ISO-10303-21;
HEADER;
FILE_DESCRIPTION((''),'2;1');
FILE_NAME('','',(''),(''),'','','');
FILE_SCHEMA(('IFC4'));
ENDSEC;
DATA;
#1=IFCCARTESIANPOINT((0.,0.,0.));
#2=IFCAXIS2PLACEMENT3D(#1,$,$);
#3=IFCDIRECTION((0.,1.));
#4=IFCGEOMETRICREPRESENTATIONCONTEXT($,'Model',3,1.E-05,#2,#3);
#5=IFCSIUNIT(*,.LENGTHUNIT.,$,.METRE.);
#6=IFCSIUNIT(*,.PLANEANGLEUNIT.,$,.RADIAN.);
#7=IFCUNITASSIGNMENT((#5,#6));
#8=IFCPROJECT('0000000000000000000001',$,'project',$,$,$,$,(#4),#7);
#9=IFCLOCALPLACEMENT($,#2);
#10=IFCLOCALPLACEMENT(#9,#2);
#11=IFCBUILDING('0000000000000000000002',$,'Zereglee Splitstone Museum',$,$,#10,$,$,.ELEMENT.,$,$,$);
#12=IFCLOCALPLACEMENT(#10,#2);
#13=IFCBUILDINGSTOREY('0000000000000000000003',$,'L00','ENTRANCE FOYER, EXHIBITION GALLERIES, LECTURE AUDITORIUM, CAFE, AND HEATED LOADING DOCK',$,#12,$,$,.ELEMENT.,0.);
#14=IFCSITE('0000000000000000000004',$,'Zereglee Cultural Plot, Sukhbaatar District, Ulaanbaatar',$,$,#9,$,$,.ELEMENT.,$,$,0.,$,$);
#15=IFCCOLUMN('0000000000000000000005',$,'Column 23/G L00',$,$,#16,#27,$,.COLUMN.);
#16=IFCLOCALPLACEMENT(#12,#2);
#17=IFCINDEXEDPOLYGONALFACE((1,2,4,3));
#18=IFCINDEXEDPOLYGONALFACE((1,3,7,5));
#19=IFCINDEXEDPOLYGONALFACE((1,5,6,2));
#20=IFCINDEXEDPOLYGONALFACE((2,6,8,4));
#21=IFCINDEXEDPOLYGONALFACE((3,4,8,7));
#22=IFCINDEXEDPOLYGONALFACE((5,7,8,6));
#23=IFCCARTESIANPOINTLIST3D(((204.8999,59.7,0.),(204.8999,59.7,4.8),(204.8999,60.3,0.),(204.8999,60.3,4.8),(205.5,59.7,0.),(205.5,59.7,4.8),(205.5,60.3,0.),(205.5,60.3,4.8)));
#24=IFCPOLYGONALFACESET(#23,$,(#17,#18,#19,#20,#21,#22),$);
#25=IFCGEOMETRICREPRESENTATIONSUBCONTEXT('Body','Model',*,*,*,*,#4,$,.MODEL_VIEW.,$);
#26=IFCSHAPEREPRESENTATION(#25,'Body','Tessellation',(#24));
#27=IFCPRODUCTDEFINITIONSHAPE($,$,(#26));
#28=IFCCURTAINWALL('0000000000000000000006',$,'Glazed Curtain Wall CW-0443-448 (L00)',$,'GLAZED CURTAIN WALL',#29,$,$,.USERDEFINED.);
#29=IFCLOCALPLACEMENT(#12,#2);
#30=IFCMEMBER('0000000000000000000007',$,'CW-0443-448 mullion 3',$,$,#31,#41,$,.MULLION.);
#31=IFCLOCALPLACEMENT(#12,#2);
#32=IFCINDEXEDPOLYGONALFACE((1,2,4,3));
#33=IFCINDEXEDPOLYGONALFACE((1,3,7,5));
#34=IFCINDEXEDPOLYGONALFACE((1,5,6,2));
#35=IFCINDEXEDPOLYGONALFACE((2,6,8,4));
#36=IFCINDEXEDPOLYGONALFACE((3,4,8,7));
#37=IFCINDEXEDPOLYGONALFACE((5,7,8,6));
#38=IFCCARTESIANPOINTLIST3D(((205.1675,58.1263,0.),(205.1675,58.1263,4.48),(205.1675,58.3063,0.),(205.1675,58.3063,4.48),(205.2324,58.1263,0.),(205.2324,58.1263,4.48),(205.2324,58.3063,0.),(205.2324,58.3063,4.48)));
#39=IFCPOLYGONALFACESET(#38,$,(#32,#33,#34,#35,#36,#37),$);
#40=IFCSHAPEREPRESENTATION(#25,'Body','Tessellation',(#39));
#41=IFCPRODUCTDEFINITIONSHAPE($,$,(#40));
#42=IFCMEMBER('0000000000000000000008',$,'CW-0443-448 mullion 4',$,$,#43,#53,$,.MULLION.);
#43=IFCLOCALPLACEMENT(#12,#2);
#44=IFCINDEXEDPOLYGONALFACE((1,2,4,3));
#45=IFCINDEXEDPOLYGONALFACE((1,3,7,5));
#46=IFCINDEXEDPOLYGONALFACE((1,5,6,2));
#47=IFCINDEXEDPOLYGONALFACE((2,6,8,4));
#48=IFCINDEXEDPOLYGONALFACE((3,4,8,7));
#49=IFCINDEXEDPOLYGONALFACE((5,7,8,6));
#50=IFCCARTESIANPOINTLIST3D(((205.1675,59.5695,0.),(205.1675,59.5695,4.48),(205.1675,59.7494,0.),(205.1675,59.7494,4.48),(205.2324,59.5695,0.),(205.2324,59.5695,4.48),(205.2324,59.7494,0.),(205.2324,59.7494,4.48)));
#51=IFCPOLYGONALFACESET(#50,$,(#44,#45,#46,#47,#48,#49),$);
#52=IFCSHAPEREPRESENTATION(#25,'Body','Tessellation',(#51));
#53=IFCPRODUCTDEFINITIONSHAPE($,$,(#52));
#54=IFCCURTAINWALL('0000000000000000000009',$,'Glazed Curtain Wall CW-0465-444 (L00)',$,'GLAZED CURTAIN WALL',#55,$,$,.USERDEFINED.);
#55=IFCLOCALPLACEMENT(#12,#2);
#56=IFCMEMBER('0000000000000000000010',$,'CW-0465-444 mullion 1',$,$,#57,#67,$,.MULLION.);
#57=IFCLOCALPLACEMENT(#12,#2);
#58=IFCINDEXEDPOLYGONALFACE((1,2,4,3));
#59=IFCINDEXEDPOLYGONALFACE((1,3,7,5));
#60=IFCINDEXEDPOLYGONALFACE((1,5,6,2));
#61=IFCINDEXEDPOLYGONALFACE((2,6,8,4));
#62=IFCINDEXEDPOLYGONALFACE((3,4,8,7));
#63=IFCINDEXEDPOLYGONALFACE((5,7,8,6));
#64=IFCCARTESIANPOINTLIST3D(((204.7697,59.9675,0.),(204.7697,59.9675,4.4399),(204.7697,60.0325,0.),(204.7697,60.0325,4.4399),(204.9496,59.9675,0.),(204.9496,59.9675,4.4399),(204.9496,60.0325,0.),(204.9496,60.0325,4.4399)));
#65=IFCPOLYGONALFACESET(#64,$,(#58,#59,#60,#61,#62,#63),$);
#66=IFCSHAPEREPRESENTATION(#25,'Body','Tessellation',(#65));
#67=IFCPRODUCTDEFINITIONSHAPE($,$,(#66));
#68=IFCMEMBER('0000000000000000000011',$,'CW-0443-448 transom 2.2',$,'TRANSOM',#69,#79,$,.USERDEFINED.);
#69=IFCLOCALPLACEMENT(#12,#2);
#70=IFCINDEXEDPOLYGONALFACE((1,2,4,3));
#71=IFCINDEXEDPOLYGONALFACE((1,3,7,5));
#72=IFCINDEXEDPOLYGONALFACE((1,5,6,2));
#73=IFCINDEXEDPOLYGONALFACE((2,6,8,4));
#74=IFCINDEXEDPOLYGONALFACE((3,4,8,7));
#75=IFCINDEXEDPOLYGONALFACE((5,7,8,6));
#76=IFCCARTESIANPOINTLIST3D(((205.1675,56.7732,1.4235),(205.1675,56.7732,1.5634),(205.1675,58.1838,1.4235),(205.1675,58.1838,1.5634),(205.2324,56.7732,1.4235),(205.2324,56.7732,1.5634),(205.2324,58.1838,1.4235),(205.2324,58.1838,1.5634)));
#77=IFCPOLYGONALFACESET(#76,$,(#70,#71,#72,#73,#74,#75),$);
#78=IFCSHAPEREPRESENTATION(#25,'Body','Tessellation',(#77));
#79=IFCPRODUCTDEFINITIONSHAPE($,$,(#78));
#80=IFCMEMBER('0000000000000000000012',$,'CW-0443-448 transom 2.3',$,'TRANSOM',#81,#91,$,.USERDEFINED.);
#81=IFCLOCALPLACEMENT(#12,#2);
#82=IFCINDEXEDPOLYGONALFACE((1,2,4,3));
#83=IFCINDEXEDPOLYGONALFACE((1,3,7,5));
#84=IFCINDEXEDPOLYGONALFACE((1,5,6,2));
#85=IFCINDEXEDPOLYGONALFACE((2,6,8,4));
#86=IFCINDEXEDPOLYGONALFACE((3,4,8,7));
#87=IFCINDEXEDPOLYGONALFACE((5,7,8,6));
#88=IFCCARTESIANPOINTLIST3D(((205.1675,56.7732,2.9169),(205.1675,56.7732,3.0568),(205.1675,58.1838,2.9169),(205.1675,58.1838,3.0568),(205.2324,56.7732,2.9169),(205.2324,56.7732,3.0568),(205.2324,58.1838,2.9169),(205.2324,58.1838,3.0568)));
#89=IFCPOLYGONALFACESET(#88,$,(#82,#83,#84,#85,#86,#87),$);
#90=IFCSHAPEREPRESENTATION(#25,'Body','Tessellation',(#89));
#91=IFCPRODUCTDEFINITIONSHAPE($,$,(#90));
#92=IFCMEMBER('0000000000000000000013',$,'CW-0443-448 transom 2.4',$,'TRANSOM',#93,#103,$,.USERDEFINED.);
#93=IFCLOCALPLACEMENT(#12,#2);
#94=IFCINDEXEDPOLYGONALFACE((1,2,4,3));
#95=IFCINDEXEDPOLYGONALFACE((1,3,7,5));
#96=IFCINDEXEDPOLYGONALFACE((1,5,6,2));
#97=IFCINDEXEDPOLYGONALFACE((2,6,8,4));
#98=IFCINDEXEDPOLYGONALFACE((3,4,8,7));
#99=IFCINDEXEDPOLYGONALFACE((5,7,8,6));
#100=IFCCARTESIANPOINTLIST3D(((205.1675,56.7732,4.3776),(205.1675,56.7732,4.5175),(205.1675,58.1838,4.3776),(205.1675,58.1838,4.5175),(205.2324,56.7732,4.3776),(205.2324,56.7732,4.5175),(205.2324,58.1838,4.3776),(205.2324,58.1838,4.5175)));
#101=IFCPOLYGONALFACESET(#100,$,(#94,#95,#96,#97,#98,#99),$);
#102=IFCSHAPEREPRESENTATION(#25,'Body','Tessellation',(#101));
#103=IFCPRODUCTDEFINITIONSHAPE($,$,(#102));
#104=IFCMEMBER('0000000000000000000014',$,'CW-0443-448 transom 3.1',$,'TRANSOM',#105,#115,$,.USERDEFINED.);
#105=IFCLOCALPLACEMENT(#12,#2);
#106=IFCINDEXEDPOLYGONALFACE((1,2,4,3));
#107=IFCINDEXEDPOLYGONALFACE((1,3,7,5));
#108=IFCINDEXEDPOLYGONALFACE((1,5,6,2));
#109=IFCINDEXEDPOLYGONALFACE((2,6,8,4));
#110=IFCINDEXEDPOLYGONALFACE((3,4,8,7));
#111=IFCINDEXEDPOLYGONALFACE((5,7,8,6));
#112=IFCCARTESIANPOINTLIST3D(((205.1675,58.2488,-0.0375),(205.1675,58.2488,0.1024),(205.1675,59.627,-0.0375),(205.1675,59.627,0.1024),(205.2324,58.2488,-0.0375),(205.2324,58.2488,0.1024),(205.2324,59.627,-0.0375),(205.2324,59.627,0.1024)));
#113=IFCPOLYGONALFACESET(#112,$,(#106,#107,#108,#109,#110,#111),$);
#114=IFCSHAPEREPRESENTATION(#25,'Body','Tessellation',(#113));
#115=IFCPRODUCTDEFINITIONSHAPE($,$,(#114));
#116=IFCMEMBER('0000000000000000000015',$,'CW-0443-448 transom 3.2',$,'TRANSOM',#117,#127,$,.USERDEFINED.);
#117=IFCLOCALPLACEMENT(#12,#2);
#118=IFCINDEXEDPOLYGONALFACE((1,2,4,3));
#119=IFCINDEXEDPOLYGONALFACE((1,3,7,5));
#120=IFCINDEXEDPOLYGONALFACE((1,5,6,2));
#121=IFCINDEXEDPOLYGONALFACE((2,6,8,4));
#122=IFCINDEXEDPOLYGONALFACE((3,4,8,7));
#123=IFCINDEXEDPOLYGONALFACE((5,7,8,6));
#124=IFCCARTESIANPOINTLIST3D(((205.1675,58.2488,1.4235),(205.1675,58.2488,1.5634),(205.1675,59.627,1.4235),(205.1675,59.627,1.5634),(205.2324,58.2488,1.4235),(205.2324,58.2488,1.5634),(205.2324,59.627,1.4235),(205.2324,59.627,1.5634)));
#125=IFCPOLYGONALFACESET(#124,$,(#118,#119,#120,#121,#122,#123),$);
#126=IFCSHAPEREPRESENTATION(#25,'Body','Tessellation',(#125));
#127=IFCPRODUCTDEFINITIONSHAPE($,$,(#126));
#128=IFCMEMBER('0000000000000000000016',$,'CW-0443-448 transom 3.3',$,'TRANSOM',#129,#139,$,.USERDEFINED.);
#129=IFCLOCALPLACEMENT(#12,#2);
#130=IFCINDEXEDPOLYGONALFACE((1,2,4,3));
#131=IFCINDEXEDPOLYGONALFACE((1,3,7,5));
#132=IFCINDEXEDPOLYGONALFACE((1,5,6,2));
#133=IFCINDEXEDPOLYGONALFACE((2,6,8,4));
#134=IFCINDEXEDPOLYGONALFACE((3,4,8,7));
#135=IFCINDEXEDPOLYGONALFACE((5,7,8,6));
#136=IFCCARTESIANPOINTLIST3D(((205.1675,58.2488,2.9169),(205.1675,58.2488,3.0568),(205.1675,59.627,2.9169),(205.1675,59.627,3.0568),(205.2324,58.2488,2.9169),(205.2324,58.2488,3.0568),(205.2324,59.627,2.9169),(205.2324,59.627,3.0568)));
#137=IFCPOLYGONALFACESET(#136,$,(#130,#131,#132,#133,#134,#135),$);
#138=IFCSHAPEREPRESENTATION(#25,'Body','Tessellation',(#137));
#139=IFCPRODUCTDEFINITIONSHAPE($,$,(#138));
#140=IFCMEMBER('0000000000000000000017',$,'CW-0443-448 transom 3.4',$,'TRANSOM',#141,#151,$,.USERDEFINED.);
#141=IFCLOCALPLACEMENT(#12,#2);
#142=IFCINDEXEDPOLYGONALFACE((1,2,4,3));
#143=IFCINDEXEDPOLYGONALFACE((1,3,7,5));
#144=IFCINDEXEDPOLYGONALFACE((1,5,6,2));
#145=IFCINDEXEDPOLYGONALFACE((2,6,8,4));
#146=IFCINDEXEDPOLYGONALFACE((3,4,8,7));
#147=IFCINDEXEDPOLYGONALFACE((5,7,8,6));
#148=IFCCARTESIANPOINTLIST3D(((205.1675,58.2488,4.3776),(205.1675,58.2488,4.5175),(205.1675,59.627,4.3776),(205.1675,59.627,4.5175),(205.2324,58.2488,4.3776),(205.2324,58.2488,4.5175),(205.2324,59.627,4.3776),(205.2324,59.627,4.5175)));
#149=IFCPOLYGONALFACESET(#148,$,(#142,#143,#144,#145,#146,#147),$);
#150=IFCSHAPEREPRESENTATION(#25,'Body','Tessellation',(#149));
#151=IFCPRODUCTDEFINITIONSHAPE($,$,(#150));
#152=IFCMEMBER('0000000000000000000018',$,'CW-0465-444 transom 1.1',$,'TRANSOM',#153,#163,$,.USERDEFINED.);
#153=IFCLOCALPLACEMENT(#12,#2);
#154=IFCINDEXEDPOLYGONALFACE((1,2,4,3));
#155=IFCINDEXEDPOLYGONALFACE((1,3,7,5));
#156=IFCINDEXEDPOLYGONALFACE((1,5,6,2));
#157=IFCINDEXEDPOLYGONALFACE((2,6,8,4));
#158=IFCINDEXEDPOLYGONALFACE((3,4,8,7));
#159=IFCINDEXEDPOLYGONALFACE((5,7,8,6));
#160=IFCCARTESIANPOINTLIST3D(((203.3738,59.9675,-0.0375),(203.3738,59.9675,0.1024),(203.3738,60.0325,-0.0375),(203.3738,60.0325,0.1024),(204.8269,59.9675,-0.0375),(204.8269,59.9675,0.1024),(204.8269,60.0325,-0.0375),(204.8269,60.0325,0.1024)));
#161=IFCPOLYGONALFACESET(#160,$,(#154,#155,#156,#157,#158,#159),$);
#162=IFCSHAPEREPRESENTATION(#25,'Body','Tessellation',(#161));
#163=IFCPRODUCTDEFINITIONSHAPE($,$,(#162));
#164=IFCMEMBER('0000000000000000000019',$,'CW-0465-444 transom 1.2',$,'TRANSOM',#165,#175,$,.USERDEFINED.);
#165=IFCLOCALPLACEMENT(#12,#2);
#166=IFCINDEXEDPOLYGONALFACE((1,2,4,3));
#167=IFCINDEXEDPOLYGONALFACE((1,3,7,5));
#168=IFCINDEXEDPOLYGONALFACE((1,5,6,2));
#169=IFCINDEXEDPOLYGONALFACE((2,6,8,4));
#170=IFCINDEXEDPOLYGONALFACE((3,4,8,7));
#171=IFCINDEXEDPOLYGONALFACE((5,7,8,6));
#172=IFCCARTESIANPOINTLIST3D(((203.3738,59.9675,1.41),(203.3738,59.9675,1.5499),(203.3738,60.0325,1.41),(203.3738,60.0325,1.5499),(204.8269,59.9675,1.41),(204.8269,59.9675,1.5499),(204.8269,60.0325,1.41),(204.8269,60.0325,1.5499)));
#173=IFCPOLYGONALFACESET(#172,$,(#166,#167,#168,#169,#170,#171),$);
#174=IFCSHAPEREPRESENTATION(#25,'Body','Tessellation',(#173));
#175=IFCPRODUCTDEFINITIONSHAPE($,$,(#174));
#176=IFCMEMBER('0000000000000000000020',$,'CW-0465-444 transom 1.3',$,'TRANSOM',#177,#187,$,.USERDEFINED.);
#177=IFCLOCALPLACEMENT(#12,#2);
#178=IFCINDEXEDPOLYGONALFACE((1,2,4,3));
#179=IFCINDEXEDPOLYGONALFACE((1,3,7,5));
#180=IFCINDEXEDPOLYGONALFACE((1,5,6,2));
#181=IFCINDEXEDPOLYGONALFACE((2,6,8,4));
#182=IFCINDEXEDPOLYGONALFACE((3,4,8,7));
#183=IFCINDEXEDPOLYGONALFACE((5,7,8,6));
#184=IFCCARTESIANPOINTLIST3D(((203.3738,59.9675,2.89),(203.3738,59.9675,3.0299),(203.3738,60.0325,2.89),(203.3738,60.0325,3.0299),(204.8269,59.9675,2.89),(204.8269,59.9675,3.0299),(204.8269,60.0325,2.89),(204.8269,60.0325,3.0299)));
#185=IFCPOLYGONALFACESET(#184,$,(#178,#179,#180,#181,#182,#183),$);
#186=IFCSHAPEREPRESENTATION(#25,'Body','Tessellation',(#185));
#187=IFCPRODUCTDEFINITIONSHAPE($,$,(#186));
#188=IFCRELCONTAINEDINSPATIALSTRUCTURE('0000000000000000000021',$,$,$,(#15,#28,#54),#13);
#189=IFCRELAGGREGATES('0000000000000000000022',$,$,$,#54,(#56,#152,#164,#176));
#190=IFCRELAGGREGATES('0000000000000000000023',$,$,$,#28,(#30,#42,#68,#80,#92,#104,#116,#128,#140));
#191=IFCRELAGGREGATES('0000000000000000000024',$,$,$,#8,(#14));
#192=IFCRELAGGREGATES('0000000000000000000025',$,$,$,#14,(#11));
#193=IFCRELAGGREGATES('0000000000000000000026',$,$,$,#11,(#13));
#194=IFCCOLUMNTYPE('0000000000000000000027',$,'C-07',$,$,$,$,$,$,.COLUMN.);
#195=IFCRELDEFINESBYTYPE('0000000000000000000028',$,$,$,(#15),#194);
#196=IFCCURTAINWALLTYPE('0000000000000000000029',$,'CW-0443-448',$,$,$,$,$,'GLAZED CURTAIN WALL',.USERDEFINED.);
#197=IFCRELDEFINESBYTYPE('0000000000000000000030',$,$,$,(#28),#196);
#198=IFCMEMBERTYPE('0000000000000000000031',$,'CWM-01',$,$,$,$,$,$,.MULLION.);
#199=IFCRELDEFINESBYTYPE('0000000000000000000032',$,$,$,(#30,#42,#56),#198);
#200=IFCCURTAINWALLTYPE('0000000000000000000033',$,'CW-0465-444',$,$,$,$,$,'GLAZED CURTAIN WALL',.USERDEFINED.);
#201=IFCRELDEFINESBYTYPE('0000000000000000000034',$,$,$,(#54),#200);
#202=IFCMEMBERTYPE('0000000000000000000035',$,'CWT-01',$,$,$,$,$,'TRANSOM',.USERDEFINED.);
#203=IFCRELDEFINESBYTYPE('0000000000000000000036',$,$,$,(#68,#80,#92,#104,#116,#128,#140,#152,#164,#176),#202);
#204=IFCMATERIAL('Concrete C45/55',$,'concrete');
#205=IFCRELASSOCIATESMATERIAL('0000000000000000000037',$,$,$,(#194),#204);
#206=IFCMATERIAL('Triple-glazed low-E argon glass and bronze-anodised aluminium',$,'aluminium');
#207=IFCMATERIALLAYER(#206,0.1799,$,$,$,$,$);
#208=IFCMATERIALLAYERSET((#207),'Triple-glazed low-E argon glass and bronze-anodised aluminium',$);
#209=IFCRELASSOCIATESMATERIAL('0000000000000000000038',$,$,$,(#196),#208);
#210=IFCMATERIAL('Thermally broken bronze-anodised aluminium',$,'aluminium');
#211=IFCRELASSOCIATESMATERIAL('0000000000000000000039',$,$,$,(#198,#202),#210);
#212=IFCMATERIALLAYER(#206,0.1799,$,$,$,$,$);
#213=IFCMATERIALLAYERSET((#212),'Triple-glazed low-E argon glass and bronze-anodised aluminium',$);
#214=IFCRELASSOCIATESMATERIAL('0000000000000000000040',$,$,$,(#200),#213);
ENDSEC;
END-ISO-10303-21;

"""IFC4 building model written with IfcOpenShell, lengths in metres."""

from ifc_helpers import new_model, si_unit, direction, frame, origin, origin_2d, place, context, subcontext, project, spatial, rectangle, extrude, material, layer, layer_set, material_profile, profile_set, type_object, element, aggregate, save


model = new_model("IFC4")

# Units and contexts
model_context = context("Model", 3, precision=1e-05, world=origin(), true_north=direction((0.0, 1.0)))
body_context = subcontext(model_context, "Body", "Model", "MODEL_VIEW")
ifc_project = project(units=[si_unit("LENGTHUNIT", "METRE"), si_unit("PLANEANGLEUNIT", "RADIAN")], contexts=[model_context])

# Site, building, storey
site_placement = place(None, origin())
site = spatial("IfcSite", under=ifc_project, at=site_placement, Name="Zereglee Cultural Plot, Sukhbaatar District, Ulaanbaatar", CompositionType="ELEMENT", RefElevation=0.0)
building_placement = place(site_placement, origin())
building = spatial("IfcBuilding", under=site, at=building_placement, Name="Zereglee Splitstone Museum", CompositionType="ELEMENT")
storey_placement = place(building_placement, origin())
storey = spatial("IfcBuildingStorey", under=building, at=storey_placement, Name="L00", Description="ENTRANCE FOYER, EXHIBITION GALLERIES, LECTURE AUDITORIUM, CAFE, AND HEATED LOADING DOCK", CompositionType="ELEMENT", Elevation=0.0)

# Column
ifc_material_1 = material(Name="Concrete C45/55", Category="concrete")
ifc_material_profile_1 = material_profile(ifc_material_1, rectangle(XDim=0.6001, YDim=0.6001, at=origin_2d()), Name="RC 600x600")
ifc_profile_set_1 = profile_set([ifc_material_profile_1], Name="Concrete C45/55")
column_type = type_object("IfcColumnType", Name="C-07", PredefinedType="COLUMN", material=ifc_profile_set_1)
column_placement = place(storey_placement, frame((205.2, 60.0, 0.0), z_axis=(0.0, 0.0, 1.0), x_axis=(1.0, 0.0, 0.0)))
element("IfcColumn", 1, at=column_placement, inside=storey, type_object=column_type, Name="Column 23/G L00", PredefinedType="COLUMN", context=body_context, shape_type="SweptSolid", body=[
    extrude(rectangle(XDim=0.6001, YDim=0.6001, at=origin_2d()), origin(), (0.0, 0.0, 1.0), 4.8),
])

# Curtain wall, members
ifc_material_2 = material(Name="Triple-glazed low-E argon glass and bronze-anodised aluminium", Category="aluminium")
ifc_layer_1 = layer(ifc_material_2, 0.1799)
ifc_layer_set_1 = layer_set([ifc_layer_1], Name="Triple-glazed low-E argon glass and bronze-anodised aluminium")
curtain_wall_type_1 = type_object("IfcCurtainWallType", Name="CW-0443-448", ElementType="GLAZED CURTAIN WALL", PredefinedType="USERDEFINED", material=ifc_layer_set_1)
curtain_wall_1_placement = place(storey_placement, origin())
curtain_wall_1 = element("IfcCurtainWall", 2, at=curtain_wall_1_placement, inside=storey, type_object=curtain_wall_type_1, Name="Glazed Curtain Wall CW-0443-448 (L00)", ObjectType="GLAZED CURTAIN WALL", PredefinedType="USERDEFINED")
ifc_material_3 = material(Name="Thermally broken bronze-anodised aluminium", Category="aluminium")
ifc_material_profile_2 = material_profile(ifc_material_3, rectangle(XDim=0.0649, YDim=0.1799, at=origin_2d()), Name="CW MULL 65x180")
ifc_profile_set_2 = profile_set([ifc_material_profile_2], Name="Thermally broken bronze-anodised aluminium")
member_type_1 = type_object("IfcMemberType", Name="CWM-01", PredefinedType="MULLION", material=ifc_profile_set_2)
member_1_placement = place(storey_placement, frame((205.2, 58.2163, 0.0), z_axis=(0.0, 0.0, 1.0), x_axis=(-1.0, 0.0, 0.0)))
member_1 = element("IfcMember", 3, at=member_1_placement, type_object=member_type_1, Name="CW-0443-448 mullion 3", PredefinedType="MULLION", context=body_context, shape_type="SweptSolid", body=[
    extrude(rectangle(XDim=0.0649, YDim=0.1799, at=origin_2d()), origin(), (0.0, 0.0, 1.0), 4.48),
])
member_2_placement = place(storey_placement, frame((205.2, 59.6594, 0.0), z_axis=(0.0, 0.0, 1.0), x_axis=(-1.0, 0.0, 0.0)))
member_2 = element("IfcMember", 4, at=member_2_placement, type_object=member_type_1, Name="CW-0443-448 mullion 4", PredefinedType="MULLION", context=body_context, shape_type="SweptSolid", body=[
    extrude(rectangle(XDim=0.0649, YDim=0.1799, at=origin_2d()), origin(), (0.0, 0.0, 1.0), 4.48),
])

# Curtain wall, member
ifc_layer_2 = layer(ifc_material_2, 0.1799)
ifc_layer_set_2 = layer_set([ifc_layer_2], Name="Triple-glazed low-E argon glass and bronze-anodised aluminium")
curtain_wall_type_2 = type_object("IfcCurtainWallType", Name="CW-0465-444", ElementType="GLAZED CURTAIN WALL", PredefinedType="USERDEFINED", material=ifc_layer_set_2)
curtain_wall_2_placement = place(storey_placement, origin())
curtain_wall_2 = element("IfcCurtainWall", 5, at=curtain_wall_2_placement, inside=storey, type_object=curtain_wall_type_2, Name="Glazed Curtain Wall CW-0465-444 (L00)", ObjectType="GLAZED CURTAIN WALL", PredefinedType="USERDEFINED")
member_3_placement = place(storey_placement, frame((204.8596, 60.0, 0.0), z_axis=(0.0, 0.0, 1.0), x_axis=(0.0, -1.0, 0.0)))
member_3 = element("IfcMember", 6, at=member_3_placement, type_object=member_type_1, Name="CW-0465-444 mullion 1", PredefinedType="MULLION", context=body_context, shape_type="SweptSolid", body=[
    extrude(rectangle(XDim=0.0649, YDim=0.1799, at=origin_2d()), origin(), (0.0, 0.0, 1.0), 4.4399),
])

# Members
ifc_material_profile_3 = material_profile(ifc_material_3, rectangle(XDim=0.0649, YDim=0.1399, at=origin_2d()), Name="CW TRAN 65x140")
ifc_profile_set_3 = profile_set([ifc_material_profile_3], Name="Thermally broken bronze-anodised aluminium")
member_type_2 = type_object("IfcMemberType", Name="CWT-01", ElementType="TRANSOM", PredefinedType="USERDEFINED", material=ifc_profile_set_3)
member_4_placement = place(storey_placement, frame((205.2, 56.7732, 1.4934), z_axis=(0.0, 1.0, 0.0), x_axis=(-1.0, 0.0, 0.0)))
member_4 = element("IfcMember", 7, at=member_4_placement, type_object=member_type_2, Name="CW-0443-448 transom 2.2", ObjectType="TRANSOM", PredefinedType="USERDEFINED", context=body_context, shape_type="SweptSolid", body=[
    extrude(rectangle(XDim=0.0649, YDim=0.1399, at=origin_2d()), origin(), (0.0, 0.0, 1.0), 1.4106),
])
member_5_placement = place(storey_placement, frame((205.2, 56.7732, 2.9868), z_axis=(0.0, 1.0, 0.0), x_axis=(-1.0, 0.0, 0.0)))
member_5 = element("IfcMember", 8, at=member_5_placement, type_object=member_type_2, Name="CW-0443-448 transom 2.3", ObjectType="TRANSOM", PredefinedType="USERDEFINED", context=body_context, shape_type="SweptSolid", body=[
    extrude(rectangle(XDim=0.0649, YDim=0.1399, at=origin_2d()), origin(), (0.0, 0.0, 1.0), 1.4106),
])
member_6_placement = place(storey_placement, frame((205.2, 56.7732, 4.4475), z_axis=(0.0, 1.0, 0.0), x_axis=(-1.0, 0.0, 0.0)))
member_6 = element("IfcMember", 9, at=member_6_placement, type_object=member_type_2, Name="CW-0443-448 transom 2.4", ObjectType="TRANSOM", PredefinedType="USERDEFINED", context=body_context, shape_type="SweptSolid", body=[
    extrude(rectangle(XDim=0.0649, YDim=0.1399, at=origin_2d()), origin(), (0.0, 0.0, 1.0), 1.4106),
])
member_7_placement = place(storey_placement, frame((205.2, 58.2488, 0.0325), z_axis=(0.0, 1.0, 0.0), x_axis=(-1.0, 0.0, 0.0)))
member_7 = element("IfcMember", 10, at=member_7_placement, type_object=member_type_2, Name="CW-0443-448 transom 3.1", ObjectType="TRANSOM", PredefinedType="USERDEFINED", context=body_context, shape_type="SweptSolid", body=[
    extrude(rectangle(XDim=0.0649, YDim=0.1399, at=origin_2d()), origin(), (0.0, 0.0, 1.0), 1.3782),
])
member_8_placement = place(storey_placement, frame((205.2, 58.2488, 1.4934), z_axis=(0.0, 1.0, 0.0), x_axis=(-1.0, 0.0, 0.0)))
member_8 = element("IfcMember", 11, at=member_8_placement, type_object=member_type_2, Name="CW-0443-448 transom 3.2", ObjectType="TRANSOM", PredefinedType="USERDEFINED", context=body_context, shape_type="SweptSolid", body=[
    extrude(rectangle(XDim=0.0649, YDim=0.1399, at=origin_2d()), origin(), (0.0, 0.0, 1.0), 1.3782),
])
member_9_placement = place(storey_placement, frame((205.2, 58.2488, 2.9868), z_axis=(0.0, 1.0, 0.0), x_axis=(-1.0, 0.0, 0.0)))
member_9 = element("IfcMember", 12, at=member_9_placement, type_object=member_type_2, Name="CW-0443-448 transom 3.3", ObjectType="TRANSOM", PredefinedType="USERDEFINED", context=body_context, shape_type="SweptSolid", body=[
    extrude(rectangle(XDim=0.0649, YDim=0.1399, at=origin_2d()), origin(), (0.0, 0.0, 1.0), 1.3782),
])
member_10_placement = place(storey_placement, frame((205.2, 58.2488, 4.4475), z_axis=(0.0, 1.0, 0.0), x_axis=(-1.0, 0.0, 0.0)))
member_10 = element("IfcMember", 13, at=member_10_placement, type_object=member_type_2, Name="CW-0443-448 transom 3.4", ObjectType="TRANSOM", PredefinedType="USERDEFINED", context=body_context, shape_type="SweptSolid", body=[
    extrude(rectangle(XDim=0.0649, YDim=0.1399, at=origin_2d()), origin(), (0.0, 0.0, 1.0), 1.3782),
])
member_11_placement = place(storey_placement, frame((204.8269, 60.0, 0.0325), z_axis=(-1.0, 0.0, 0.0), x_axis=(0.0, -1.0, 0.0)))
member_11 = element("IfcMember", 14, at=member_11_placement, type_object=member_type_2, Name="CW-0465-444 transom 1.1", ObjectType="TRANSOM", PredefinedType="USERDEFINED", context=body_context, shape_type="SweptSolid", body=[
    extrude(rectangle(XDim=0.0649, YDim=0.1399, at=origin_2d()), origin(), (0.0, 0.0, 1.0), 1.4531),
])
member_12_placement = place(storey_placement, frame((204.8269, 60.0, 1.48), z_axis=(-1.0, 0.0, 0.0), x_axis=(0.0, -1.0, 0.0)))
member_12 = element("IfcMember", 15, at=member_12_placement, type_object=member_type_2, Name="CW-0465-444 transom 1.2", ObjectType="TRANSOM", PredefinedType="USERDEFINED", context=body_context, shape_type="SweptSolid", body=[
    extrude(rectangle(XDim=0.0649, YDim=0.1399, at=origin_2d()), origin(), (0.0, 0.0, 1.0), 1.4531),
])
member_13_placement = place(storey_placement, frame((204.8269, 60.0, 2.96), z_axis=(-1.0, 0.0, 0.0), x_axis=(0.0, -1.0, 0.0)))
member_13 = element("IfcMember", 16, at=member_13_placement, type_object=member_type_2, Name="CW-0465-444 transom 1.3", ObjectType="TRANSOM", PredefinedType="USERDEFINED", context=body_context, shape_type="SweptSolid", body=[
    extrude(rectangle(XDim=0.0649, YDim=0.1399, at=origin_2d()), origin(), (0.0, 0.0, 1.0), 1.4531),
])
aggregate(curtain_wall_2, [member_3, member_11, member_12, member_13])

aggregate(curtain_wall_1, [member_1, member_2, member_4, member_5, member_6, member_7, member_8, member_9, member_10])

save(model, "model.ifc")
